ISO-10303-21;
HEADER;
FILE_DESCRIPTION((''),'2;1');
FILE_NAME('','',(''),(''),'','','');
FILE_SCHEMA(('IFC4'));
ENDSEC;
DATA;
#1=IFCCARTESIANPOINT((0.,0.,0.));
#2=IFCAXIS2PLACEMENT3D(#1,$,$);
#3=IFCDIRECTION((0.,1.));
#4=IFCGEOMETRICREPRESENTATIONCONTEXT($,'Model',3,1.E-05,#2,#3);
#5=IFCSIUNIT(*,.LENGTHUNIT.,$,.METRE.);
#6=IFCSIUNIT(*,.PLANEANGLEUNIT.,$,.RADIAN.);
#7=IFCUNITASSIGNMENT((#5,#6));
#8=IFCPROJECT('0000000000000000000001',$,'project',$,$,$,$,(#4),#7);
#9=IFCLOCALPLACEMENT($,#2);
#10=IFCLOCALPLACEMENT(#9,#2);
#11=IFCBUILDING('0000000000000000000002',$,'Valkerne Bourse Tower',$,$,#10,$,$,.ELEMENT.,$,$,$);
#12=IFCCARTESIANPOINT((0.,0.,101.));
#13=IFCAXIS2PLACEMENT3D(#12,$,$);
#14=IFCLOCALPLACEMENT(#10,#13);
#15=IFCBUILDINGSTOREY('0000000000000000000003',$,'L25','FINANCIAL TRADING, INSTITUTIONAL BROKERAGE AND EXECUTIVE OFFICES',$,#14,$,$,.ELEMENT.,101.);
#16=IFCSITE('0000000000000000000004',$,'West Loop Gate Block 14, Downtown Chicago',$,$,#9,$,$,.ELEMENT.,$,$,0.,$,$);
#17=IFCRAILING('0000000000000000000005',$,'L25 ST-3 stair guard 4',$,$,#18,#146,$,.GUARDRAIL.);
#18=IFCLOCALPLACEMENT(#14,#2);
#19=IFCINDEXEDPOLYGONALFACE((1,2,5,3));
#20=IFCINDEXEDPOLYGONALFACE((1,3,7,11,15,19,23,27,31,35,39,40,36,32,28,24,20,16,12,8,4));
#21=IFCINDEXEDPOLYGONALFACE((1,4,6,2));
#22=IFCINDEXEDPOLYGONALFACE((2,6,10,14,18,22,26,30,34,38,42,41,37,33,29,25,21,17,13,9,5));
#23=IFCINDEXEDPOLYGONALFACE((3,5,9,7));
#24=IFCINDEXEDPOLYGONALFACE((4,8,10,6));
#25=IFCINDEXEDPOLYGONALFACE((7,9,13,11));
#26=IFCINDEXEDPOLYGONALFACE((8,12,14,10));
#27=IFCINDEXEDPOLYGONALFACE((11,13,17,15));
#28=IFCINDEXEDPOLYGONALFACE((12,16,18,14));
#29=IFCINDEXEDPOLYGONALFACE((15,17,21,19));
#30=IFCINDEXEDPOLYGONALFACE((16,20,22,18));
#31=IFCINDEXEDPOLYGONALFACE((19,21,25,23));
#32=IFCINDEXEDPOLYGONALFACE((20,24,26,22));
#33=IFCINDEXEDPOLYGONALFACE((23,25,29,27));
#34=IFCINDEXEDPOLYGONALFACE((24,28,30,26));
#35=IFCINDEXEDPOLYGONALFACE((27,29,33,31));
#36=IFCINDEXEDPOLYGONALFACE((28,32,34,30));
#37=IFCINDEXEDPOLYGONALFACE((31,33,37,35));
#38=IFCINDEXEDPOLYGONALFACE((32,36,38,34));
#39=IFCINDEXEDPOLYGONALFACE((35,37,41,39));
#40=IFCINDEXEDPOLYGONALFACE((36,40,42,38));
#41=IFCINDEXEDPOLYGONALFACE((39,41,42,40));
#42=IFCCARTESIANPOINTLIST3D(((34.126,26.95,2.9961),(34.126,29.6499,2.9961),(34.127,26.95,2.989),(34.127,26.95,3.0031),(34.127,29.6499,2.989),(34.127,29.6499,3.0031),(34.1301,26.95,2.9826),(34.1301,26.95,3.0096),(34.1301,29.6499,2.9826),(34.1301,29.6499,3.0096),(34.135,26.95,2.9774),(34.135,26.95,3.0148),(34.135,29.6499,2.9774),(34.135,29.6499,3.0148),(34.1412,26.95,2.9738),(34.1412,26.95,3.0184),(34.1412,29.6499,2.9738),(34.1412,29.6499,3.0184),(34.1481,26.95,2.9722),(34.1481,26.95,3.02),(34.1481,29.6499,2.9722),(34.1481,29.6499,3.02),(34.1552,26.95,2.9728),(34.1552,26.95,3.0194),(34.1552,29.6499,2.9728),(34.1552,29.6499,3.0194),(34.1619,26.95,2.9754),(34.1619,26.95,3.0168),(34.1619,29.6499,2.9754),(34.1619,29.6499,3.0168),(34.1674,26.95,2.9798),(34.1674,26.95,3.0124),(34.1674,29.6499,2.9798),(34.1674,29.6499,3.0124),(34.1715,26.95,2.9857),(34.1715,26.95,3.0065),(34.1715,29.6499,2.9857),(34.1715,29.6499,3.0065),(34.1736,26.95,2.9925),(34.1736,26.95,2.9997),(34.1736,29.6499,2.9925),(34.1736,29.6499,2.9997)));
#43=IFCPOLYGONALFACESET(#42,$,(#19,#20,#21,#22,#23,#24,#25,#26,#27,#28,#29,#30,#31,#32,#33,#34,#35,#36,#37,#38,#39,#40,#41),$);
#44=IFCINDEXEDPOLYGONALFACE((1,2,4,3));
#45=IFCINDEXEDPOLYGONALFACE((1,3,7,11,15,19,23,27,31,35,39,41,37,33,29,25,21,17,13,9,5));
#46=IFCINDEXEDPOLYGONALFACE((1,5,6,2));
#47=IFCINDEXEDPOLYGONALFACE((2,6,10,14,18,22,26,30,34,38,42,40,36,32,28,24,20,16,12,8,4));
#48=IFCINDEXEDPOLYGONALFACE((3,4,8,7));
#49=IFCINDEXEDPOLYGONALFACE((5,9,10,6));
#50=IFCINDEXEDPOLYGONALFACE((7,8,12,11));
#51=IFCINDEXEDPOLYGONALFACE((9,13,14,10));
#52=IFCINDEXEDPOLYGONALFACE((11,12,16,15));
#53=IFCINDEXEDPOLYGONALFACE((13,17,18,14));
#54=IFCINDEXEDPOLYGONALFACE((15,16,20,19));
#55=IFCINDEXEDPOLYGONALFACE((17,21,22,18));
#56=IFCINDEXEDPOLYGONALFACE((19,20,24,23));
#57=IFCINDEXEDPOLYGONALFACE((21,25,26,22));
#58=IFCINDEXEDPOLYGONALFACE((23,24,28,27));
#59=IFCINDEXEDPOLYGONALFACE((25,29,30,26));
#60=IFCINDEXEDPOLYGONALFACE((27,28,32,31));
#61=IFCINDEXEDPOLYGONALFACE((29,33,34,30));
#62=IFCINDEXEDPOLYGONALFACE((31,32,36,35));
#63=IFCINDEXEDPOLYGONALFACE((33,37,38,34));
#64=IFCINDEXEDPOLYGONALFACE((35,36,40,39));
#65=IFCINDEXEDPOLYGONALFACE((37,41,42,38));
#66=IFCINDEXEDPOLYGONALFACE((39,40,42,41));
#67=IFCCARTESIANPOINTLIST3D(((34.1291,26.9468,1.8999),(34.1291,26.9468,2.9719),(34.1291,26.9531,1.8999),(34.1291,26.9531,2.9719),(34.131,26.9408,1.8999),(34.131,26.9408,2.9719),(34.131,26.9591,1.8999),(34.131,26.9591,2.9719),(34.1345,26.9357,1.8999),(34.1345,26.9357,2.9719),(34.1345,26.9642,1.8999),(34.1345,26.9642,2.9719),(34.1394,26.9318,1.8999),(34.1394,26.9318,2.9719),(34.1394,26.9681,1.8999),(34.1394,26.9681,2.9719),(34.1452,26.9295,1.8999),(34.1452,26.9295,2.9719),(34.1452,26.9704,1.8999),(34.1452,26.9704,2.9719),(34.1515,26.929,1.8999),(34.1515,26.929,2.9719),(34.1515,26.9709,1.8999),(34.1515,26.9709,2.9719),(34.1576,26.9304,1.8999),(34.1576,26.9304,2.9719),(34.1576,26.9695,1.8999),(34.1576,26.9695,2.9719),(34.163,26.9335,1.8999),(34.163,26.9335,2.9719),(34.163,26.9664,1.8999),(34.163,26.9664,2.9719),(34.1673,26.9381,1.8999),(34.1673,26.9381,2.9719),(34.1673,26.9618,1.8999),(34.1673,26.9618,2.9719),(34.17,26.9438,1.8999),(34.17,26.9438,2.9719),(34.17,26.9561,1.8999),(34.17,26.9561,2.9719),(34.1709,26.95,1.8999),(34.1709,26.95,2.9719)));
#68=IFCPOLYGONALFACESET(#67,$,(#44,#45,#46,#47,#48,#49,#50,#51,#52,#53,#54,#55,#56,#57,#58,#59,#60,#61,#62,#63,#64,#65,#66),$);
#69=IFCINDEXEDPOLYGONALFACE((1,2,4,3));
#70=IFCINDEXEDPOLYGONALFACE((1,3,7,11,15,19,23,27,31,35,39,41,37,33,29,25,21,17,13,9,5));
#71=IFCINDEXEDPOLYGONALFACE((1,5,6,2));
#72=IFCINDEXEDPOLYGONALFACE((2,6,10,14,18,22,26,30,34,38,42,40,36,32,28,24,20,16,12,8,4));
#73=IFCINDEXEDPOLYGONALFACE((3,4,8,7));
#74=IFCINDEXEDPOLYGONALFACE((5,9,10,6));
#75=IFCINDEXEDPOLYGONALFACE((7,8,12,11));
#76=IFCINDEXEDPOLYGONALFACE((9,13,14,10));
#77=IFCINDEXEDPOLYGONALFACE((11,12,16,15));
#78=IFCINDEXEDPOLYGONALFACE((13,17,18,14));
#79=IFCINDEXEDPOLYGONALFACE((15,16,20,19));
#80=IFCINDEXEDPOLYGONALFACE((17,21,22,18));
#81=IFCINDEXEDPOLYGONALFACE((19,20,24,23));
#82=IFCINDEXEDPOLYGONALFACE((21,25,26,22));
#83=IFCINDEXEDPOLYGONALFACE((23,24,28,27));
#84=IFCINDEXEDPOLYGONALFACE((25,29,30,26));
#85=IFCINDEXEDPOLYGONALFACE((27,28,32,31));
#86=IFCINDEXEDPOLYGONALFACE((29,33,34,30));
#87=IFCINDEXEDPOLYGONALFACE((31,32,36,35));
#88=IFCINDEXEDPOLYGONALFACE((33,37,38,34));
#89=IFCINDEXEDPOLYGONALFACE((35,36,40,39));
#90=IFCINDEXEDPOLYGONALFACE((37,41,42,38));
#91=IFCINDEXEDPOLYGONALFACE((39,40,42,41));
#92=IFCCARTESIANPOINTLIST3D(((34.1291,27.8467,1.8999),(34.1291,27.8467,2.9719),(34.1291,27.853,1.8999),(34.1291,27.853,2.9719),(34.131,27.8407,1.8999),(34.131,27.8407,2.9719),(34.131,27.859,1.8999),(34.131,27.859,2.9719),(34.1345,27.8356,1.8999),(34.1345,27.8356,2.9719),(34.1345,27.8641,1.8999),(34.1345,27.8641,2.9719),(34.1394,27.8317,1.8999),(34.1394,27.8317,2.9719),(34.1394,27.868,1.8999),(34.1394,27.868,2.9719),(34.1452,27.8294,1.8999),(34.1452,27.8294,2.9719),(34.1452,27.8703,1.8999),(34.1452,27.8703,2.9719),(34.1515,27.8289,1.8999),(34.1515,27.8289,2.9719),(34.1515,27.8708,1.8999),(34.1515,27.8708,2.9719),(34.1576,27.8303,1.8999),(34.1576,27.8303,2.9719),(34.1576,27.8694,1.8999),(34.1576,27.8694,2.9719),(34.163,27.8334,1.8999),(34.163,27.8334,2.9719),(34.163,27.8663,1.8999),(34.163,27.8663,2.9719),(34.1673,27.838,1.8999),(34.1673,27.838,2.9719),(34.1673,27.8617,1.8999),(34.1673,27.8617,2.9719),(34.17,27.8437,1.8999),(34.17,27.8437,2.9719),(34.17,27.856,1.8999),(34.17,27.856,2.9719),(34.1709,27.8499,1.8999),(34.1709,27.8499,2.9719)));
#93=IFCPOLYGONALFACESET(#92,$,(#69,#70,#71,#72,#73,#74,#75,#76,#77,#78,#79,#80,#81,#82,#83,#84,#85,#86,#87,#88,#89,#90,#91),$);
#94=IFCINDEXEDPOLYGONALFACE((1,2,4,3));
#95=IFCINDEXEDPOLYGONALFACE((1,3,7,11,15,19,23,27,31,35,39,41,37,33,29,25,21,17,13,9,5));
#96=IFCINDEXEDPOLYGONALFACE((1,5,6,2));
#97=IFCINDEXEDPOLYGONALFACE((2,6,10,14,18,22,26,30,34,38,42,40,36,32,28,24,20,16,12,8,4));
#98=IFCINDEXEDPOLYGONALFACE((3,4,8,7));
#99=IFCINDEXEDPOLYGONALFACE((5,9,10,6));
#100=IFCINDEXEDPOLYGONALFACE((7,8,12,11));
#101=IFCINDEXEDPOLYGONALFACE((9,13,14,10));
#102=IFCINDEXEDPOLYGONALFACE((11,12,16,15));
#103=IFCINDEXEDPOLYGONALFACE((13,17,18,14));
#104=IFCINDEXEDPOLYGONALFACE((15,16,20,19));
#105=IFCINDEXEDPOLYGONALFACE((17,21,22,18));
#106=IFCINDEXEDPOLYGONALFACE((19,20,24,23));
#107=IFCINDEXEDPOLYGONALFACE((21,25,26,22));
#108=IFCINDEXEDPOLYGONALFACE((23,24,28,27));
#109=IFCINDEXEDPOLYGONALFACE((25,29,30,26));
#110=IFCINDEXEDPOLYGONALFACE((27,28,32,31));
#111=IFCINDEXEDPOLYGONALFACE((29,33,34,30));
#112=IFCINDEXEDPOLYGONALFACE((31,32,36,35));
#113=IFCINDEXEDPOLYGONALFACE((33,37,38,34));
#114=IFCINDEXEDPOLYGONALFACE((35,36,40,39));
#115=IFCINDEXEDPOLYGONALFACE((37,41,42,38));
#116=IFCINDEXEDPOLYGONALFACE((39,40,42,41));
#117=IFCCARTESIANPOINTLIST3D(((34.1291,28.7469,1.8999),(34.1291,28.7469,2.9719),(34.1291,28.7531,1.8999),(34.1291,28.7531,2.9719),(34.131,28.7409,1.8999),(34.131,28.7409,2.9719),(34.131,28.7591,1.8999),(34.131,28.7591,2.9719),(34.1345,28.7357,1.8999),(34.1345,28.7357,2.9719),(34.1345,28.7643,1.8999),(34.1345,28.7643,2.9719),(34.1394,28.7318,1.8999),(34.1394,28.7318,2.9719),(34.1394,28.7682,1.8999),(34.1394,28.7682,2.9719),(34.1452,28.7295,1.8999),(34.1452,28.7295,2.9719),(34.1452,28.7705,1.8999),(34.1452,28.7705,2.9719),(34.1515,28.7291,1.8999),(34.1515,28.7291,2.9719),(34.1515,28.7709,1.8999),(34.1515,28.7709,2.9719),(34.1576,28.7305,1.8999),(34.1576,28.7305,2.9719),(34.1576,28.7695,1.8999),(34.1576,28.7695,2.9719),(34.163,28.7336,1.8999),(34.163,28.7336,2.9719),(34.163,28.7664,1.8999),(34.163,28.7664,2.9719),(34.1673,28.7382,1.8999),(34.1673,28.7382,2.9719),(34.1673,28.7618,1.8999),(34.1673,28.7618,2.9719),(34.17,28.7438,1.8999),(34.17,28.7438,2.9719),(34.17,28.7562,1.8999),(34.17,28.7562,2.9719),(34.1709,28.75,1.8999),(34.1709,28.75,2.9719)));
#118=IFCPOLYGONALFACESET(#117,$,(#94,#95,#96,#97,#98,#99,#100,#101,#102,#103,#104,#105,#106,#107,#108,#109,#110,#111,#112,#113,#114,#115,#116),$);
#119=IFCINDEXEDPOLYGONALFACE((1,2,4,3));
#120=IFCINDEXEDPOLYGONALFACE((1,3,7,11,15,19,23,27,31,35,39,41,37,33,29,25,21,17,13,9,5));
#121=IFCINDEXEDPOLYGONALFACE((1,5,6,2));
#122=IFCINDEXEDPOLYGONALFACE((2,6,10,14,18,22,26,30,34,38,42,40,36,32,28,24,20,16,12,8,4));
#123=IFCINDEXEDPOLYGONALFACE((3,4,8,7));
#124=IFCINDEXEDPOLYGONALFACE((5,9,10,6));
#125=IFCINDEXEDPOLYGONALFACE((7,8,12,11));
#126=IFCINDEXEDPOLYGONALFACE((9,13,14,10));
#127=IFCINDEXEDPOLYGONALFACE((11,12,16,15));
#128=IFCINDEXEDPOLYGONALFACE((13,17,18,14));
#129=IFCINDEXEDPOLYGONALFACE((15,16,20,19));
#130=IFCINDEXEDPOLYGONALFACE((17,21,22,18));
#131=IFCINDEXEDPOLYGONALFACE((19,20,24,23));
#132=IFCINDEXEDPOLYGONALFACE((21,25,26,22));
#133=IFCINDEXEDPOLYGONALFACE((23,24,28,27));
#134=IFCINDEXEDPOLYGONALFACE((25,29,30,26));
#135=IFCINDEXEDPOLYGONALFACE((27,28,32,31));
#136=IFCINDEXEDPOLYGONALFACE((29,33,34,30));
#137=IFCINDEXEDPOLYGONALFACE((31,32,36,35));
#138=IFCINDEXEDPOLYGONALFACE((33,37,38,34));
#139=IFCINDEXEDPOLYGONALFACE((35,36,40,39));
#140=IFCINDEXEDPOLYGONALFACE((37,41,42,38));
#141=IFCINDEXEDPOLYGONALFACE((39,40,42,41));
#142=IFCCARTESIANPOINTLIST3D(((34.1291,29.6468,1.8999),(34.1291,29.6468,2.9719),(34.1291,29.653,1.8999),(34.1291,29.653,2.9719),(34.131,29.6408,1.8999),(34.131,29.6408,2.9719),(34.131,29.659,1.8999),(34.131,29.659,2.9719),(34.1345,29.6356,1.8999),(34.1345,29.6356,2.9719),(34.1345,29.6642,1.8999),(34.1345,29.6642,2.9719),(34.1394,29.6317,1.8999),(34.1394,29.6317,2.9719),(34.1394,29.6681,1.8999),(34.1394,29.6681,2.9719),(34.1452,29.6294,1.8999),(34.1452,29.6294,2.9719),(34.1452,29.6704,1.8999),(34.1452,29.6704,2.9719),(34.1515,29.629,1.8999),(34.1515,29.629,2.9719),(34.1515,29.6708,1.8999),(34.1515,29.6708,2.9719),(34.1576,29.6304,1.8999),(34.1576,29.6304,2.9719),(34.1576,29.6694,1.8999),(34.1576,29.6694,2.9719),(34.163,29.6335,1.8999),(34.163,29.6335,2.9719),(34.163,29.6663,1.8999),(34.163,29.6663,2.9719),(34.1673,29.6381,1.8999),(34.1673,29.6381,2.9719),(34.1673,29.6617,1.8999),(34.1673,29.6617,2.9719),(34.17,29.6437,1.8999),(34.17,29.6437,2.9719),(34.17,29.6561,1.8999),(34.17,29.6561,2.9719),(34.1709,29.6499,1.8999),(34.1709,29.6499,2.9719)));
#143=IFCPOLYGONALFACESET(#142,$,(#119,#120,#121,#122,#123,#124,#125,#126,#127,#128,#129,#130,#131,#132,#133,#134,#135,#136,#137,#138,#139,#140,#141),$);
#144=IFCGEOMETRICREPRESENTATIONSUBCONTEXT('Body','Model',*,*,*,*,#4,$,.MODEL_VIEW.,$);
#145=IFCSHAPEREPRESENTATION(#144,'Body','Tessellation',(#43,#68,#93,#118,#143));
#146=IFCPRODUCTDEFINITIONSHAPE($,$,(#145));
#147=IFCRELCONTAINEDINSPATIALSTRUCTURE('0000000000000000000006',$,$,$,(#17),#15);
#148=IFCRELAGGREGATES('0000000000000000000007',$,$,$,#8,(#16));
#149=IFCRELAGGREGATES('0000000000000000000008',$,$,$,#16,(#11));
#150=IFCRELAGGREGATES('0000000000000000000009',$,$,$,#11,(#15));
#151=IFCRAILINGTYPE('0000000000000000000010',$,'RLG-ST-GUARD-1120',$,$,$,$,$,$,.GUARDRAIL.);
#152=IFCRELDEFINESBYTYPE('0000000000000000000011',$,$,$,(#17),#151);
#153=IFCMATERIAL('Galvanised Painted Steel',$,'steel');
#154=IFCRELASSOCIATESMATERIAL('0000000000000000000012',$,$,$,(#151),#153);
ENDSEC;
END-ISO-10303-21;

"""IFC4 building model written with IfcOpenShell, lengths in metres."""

from ifc_helpers import new_model, si_unit, direction, frame, origin, origin_2d, place, context, subcontext, project, spatial, circle, extrude, material, type_object, element, save


model = new_model("IFC4")

# Units and contexts
model_context = context("Model", 3, precision=1e-05, world=origin(), true_north=direction((0.0, 1.0)))
body_context = subcontext(model_context, "Body", "Model", "MODEL_VIEW")
ifc_project = project(units=[si_unit("LENGTHUNIT", "METRE"), si_unit("PLANEANGLEUNIT", "RADIAN")], contexts=[model_context])

# Site, building, storey
site_placement = place(None, origin())
site = spatial("IfcSite", under=ifc_project, at=site_placement, Name="West Loop Gate Block 14, Downtown Chicago", CompositionType="ELEMENT", RefElevation=0.0)
building_placement = place(site_placement, origin())
building = spatial("IfcBuilding", under=site, at=building_placement, Name="Valkerne Bourse Tower", CompositionType="ELEMENT")
storey_placement = place(building_placement, frame((0.0, 0.0, 101.0)))
storey = spatial("IfcBuildingStorey", under=building, at=storey_placement, Name="L25", Description="FINANCIAL TRADING, INSTITUTIONAL BROKERAGE AND EXECUTIVE OFFICES", CompositionType="ELEMENT", Elevation=101.0)

# Shared definitions
ifc_material_1 = material(Name="Galvanised Painted Steel", Category="steel")

# Railing
railing_type_1 = type_object("IfcRailingType", Name="RLG-ST-GUARD-1120", PredefinedType="GUARDRAIL", material=ifc_material_1)
for number, where, name in (
    (1, (34.1499, 26.95, 1.8999), "L25 ST-3 stair guard 4"),
):
    element("IfcRailing", number, at=place(storey_placement, frame(where)), inside=storey, type_object=railing_type_1, Name=name, PredefinedType="GUARDRAIL", context=body_context, shape_type="SweptSolid", body=[
        extrude(circle(Radius=0.0239, at=origin_2d()), frame((0.0, 0.0, 1.0962), z_axis=(0.0, 1.0, 0.0), x_axis=(-1.0, 0.0, 0.0)), (0.0, 0.0, 1.0), 2.7),
        extrude(circle(Radius=0.021, at=origin_2d()), origin(), (0.0, 0.0, 1.0), 1.072),
        extrude(circle(Radius=0.021, at=origin_2d()), frame((0.0, 0.8999, 0.0)), (0.0, 0.0, 1.0), 1.072),
        extrude(circle(Radius=0.021, at=origin_2d()), frame((0.0, 1.8, 0.0)), (0.0, 0.0, 1.0), 1.072),
        extrude(circle(Radius=0.021, at=origin_2d()), frame((0.0, 2.7, 0.0)), (0.0, 0.0, 1.0), 1.072),
    ])

save(model, "model.ifc")
